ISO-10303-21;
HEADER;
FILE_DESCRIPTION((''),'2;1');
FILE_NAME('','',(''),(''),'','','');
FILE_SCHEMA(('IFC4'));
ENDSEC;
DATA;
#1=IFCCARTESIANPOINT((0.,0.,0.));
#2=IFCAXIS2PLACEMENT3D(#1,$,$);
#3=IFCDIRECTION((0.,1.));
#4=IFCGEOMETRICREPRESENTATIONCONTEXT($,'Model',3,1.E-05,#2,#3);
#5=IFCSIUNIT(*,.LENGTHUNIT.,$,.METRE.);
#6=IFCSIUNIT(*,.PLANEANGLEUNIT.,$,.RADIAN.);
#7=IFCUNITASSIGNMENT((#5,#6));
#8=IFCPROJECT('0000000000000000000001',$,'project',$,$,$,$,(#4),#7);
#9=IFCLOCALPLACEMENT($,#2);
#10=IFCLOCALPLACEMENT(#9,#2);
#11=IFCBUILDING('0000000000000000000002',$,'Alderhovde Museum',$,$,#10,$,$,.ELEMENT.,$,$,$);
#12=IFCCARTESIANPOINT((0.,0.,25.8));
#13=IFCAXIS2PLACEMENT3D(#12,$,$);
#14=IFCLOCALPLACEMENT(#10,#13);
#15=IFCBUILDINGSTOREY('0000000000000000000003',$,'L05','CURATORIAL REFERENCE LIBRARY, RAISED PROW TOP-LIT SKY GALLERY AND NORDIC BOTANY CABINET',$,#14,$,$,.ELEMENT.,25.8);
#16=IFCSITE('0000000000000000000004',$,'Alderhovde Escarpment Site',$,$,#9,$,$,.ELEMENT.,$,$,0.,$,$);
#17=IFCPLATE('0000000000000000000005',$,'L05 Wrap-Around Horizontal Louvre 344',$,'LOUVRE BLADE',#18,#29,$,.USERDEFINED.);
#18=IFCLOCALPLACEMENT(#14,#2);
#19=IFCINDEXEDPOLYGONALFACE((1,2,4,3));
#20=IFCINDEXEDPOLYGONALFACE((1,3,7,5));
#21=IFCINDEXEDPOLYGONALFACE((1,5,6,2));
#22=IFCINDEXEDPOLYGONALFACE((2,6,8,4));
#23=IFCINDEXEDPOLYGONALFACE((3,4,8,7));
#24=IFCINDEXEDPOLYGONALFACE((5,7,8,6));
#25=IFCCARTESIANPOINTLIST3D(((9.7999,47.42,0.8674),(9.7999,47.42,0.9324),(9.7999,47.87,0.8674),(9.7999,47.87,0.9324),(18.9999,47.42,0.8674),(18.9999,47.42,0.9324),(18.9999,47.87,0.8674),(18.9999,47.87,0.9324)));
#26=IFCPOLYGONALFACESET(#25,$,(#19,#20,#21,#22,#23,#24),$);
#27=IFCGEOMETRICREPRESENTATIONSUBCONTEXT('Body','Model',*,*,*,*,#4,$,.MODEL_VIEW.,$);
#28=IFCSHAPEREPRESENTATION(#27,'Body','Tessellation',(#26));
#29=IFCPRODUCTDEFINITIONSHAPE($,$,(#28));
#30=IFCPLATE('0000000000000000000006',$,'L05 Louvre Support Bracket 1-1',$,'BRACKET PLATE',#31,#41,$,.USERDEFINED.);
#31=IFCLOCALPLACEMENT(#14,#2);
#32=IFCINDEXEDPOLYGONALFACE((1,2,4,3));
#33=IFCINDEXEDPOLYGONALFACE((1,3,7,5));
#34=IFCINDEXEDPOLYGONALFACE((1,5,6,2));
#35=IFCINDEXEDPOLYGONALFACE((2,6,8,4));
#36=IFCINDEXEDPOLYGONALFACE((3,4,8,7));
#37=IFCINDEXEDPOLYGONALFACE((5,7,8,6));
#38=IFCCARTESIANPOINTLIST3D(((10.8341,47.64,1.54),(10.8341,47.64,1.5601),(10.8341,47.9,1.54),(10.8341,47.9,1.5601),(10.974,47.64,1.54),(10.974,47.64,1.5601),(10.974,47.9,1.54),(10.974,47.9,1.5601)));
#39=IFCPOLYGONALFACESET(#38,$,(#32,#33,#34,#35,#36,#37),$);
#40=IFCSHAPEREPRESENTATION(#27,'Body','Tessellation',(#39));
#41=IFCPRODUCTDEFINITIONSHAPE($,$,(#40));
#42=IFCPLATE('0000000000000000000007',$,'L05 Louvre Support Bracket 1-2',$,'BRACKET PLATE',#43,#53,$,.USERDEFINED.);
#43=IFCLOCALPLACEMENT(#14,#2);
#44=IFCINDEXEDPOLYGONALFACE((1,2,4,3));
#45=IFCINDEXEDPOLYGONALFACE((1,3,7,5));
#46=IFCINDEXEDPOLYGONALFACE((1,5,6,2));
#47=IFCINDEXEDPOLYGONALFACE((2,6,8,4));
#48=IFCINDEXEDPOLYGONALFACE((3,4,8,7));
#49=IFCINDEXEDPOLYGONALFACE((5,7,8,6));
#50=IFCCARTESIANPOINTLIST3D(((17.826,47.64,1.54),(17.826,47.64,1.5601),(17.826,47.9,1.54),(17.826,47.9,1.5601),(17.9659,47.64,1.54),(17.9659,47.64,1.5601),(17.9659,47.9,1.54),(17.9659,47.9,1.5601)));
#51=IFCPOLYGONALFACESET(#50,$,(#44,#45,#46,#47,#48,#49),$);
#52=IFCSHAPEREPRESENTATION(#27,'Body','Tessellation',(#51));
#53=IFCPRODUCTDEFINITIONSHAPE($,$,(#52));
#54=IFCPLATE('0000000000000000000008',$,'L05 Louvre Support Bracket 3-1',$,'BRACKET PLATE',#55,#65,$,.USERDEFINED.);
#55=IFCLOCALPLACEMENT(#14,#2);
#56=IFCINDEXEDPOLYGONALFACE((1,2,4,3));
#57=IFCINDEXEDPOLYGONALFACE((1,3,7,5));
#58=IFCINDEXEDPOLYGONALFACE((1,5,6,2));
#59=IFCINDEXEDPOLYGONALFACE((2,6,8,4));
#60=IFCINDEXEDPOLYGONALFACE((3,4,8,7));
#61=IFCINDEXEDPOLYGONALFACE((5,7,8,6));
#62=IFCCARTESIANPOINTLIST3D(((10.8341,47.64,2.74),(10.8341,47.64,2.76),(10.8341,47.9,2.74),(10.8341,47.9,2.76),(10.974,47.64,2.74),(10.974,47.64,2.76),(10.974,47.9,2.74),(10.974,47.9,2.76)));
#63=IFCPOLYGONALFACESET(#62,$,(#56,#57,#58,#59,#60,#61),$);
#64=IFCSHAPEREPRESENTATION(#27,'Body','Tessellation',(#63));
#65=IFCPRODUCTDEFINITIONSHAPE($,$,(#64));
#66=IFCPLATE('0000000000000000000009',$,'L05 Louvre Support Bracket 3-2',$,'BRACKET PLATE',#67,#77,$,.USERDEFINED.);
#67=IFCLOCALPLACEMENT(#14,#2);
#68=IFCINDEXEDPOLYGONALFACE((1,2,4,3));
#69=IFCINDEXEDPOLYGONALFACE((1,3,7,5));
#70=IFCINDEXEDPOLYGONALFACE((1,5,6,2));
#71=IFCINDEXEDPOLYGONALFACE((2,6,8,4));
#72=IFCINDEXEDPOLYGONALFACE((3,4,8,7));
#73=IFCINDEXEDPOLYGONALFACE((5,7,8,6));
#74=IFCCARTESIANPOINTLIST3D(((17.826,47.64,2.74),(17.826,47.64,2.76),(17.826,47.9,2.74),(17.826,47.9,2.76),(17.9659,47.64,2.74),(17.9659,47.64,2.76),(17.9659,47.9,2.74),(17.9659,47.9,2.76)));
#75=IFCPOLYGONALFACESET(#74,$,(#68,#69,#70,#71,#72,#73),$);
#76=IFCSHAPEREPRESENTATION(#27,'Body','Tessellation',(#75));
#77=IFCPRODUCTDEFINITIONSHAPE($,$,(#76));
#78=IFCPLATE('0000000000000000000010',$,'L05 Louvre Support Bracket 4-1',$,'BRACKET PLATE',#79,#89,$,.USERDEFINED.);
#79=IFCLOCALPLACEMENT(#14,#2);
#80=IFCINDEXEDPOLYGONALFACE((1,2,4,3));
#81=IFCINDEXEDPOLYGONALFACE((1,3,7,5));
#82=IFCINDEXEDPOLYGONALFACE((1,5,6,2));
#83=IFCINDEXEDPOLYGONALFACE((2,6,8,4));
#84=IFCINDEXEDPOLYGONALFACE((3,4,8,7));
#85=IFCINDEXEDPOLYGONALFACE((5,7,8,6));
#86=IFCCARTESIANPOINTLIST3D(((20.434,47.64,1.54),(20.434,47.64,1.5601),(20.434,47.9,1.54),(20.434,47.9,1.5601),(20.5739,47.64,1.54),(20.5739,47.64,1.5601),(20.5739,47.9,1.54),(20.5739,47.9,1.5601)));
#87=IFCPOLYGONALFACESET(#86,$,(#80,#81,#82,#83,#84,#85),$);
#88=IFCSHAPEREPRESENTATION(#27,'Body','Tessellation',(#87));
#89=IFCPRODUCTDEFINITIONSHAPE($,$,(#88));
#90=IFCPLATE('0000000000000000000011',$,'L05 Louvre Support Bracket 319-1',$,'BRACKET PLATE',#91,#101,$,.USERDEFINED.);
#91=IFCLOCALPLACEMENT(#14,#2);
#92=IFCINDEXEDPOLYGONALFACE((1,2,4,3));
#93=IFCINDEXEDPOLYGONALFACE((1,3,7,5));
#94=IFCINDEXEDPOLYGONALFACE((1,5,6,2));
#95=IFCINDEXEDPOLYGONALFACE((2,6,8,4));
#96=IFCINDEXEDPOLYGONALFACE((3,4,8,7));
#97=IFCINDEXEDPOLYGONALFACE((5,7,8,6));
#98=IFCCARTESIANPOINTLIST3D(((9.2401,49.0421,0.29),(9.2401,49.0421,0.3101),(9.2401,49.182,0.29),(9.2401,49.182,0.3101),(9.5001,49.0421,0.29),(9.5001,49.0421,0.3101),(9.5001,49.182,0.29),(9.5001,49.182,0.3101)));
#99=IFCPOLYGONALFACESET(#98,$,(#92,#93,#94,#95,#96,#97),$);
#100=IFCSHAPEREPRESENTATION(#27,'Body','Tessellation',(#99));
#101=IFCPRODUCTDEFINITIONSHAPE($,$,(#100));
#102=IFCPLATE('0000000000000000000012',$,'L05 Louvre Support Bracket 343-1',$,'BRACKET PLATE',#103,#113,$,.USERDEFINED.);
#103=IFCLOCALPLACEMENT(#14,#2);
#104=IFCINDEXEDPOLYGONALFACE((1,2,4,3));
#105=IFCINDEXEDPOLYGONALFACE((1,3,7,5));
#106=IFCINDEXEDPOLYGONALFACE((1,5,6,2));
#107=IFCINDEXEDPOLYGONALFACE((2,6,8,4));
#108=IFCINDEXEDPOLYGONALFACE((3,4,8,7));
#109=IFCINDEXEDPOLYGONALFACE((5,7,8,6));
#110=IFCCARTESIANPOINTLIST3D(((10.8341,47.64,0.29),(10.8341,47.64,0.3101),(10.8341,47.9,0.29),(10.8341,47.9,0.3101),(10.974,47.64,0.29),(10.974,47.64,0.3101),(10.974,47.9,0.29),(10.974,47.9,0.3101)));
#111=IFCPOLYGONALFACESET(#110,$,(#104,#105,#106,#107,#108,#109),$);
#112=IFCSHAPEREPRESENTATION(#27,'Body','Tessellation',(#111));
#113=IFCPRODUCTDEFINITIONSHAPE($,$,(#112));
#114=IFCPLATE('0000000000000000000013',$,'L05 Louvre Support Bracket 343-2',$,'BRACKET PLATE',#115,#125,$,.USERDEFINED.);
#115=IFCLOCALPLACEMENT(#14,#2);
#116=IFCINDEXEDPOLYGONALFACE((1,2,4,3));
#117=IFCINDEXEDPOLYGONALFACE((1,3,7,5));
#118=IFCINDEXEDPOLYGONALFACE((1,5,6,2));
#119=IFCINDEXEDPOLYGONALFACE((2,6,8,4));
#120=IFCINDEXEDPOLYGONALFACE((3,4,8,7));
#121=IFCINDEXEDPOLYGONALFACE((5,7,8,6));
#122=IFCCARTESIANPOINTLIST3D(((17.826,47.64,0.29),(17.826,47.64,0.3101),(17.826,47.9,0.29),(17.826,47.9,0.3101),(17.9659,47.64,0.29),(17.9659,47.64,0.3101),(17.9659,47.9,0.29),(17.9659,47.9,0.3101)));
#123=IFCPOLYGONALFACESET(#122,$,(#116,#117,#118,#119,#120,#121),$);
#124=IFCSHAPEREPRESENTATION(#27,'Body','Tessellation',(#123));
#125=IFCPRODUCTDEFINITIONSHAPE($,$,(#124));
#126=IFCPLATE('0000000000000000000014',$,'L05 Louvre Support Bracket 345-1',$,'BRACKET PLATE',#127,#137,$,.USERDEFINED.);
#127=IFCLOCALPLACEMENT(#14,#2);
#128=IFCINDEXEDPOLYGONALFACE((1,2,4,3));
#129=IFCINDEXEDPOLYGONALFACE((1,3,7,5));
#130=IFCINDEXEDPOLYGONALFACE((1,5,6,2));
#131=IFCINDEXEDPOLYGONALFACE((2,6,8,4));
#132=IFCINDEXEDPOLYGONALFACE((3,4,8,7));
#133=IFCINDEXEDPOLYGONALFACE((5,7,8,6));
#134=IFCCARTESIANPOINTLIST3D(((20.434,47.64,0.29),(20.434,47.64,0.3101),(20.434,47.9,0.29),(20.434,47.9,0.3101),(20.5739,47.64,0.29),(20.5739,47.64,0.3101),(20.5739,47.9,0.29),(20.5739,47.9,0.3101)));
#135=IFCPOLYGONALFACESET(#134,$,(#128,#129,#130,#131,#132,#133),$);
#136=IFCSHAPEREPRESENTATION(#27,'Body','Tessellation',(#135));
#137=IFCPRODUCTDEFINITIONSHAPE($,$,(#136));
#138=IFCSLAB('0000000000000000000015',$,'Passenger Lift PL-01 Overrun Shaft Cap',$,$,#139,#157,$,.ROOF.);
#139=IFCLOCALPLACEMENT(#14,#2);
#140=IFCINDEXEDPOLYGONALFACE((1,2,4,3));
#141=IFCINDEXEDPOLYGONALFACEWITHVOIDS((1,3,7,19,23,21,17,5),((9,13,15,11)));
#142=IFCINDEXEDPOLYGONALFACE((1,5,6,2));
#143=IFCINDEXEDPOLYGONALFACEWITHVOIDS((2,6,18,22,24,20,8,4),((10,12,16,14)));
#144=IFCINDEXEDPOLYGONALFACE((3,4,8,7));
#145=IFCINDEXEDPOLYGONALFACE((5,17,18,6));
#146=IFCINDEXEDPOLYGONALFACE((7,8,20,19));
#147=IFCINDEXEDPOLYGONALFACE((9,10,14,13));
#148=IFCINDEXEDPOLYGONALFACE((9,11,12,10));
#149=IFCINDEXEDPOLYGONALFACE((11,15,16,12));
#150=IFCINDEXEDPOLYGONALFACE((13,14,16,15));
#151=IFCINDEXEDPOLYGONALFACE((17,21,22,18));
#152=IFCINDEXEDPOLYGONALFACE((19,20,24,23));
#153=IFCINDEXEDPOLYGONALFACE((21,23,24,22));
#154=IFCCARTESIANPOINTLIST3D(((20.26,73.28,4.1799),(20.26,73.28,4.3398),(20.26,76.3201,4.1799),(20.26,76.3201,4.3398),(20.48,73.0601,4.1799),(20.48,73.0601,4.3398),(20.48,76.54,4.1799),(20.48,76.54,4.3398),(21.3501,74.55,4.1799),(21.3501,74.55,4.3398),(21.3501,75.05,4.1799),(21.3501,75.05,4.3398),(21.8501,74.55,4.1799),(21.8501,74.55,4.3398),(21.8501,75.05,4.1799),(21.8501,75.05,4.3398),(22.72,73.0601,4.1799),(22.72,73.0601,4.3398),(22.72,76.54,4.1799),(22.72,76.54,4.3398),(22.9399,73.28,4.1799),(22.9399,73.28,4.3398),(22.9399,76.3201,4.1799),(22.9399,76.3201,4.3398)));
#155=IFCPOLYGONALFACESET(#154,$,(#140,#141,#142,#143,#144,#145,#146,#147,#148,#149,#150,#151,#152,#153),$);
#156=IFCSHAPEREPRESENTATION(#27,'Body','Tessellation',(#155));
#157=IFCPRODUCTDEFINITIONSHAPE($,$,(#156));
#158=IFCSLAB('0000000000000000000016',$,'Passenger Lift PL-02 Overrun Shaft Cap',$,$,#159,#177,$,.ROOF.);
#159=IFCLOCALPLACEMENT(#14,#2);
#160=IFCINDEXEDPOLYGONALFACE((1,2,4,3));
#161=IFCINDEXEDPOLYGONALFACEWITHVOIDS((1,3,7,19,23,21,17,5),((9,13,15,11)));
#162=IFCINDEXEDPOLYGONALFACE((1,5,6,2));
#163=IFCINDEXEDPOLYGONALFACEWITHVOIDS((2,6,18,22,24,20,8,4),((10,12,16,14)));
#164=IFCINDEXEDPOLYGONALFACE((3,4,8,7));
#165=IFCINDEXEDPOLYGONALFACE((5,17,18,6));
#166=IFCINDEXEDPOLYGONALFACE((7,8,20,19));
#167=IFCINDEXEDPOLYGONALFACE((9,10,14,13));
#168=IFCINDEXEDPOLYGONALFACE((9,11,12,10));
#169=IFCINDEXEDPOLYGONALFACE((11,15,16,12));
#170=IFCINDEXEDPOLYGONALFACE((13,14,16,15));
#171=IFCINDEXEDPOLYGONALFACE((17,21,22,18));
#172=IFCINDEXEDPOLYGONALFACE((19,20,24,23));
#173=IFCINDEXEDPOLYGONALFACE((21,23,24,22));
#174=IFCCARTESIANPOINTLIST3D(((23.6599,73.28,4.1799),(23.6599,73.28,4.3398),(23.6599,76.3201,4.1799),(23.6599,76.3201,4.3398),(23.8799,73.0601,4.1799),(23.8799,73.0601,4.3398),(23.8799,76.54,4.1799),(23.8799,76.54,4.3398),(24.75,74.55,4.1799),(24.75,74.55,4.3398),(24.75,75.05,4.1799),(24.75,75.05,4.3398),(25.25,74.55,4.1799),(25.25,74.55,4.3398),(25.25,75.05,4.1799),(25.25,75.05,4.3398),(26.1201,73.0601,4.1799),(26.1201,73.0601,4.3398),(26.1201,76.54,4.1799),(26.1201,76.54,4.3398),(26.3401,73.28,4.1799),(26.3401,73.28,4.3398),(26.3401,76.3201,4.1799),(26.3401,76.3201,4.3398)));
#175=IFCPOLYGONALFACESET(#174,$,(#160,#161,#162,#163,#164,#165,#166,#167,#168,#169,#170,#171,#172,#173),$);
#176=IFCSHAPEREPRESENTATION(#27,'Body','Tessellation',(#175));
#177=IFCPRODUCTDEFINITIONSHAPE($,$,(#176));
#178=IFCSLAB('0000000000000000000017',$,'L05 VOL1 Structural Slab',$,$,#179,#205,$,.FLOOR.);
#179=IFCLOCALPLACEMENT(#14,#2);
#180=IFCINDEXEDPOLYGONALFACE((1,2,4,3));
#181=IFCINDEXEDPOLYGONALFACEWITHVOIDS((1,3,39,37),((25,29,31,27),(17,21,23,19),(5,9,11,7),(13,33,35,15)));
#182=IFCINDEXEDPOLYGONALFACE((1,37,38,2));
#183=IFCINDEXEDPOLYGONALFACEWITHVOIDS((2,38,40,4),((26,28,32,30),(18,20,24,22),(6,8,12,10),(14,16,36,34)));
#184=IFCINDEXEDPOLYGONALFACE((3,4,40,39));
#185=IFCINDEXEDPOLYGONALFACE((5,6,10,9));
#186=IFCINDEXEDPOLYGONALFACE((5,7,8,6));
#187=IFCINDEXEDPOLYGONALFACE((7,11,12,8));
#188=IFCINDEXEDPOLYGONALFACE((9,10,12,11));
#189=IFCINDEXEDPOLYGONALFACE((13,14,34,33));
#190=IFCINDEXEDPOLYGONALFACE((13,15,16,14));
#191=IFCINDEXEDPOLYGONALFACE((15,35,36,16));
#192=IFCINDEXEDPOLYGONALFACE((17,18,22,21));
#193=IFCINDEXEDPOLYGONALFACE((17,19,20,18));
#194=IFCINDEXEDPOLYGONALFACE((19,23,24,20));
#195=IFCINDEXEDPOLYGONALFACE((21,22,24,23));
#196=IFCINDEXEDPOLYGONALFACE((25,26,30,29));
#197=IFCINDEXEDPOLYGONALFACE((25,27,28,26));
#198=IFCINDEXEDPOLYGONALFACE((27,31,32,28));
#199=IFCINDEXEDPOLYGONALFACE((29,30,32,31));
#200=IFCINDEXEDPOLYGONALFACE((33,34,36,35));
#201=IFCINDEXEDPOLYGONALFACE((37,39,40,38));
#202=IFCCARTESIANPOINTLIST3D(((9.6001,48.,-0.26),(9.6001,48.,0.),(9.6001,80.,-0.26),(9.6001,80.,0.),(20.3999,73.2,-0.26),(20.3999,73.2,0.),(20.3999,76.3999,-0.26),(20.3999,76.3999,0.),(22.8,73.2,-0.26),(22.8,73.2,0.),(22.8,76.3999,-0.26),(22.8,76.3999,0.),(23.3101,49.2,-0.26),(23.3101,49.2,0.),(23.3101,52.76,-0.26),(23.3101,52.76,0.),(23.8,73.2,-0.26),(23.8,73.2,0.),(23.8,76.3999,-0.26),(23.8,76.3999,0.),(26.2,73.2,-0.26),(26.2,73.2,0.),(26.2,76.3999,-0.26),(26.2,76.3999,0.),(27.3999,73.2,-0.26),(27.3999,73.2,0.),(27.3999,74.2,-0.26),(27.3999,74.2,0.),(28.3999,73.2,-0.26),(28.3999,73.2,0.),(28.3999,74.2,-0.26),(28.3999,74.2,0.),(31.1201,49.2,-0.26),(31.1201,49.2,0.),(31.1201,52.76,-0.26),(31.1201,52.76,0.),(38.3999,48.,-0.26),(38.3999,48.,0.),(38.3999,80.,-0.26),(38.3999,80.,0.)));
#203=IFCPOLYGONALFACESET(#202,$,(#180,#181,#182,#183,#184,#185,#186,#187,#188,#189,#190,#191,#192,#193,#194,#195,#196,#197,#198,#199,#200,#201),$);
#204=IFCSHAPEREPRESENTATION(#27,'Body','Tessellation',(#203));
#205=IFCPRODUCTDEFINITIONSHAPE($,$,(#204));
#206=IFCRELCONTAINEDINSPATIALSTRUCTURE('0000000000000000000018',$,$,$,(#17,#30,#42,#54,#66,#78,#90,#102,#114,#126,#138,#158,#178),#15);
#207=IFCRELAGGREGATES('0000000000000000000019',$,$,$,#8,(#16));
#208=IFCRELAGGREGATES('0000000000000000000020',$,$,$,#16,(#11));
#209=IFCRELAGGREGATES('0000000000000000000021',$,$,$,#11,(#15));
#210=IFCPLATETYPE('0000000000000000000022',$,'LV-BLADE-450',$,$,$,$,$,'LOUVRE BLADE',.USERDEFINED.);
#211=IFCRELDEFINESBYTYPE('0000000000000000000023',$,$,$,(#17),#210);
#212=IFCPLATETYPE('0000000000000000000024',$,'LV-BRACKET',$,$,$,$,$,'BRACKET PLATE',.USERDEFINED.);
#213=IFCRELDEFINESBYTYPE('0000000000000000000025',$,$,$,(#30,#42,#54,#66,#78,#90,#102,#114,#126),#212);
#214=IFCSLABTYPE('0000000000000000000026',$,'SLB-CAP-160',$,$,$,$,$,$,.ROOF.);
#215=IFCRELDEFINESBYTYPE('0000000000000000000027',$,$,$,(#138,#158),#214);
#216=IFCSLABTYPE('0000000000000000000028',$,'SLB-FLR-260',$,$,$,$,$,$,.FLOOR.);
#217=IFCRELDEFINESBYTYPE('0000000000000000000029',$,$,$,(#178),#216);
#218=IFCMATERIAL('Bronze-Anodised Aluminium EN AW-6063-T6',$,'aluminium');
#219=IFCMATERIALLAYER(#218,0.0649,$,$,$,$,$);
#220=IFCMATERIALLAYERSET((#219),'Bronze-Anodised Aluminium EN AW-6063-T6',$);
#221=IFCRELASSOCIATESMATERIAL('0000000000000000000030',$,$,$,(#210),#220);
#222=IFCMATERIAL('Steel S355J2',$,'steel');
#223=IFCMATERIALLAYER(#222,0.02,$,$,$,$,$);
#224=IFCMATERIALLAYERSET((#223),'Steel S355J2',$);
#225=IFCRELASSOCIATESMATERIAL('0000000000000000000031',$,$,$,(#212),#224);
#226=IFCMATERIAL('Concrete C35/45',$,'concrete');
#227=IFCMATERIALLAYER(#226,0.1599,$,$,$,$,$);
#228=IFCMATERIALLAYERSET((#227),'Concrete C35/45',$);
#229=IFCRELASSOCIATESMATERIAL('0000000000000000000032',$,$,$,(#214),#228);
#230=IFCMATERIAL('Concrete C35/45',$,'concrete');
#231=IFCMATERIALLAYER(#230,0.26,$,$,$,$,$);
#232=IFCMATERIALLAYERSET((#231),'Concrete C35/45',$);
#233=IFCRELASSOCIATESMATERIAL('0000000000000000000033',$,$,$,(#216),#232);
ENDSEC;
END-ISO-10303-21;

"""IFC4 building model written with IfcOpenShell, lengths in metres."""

from ifc_helpers import new_model, si_unit, direction, frame, origin, origin_2d, place, context, subcontext, project, spatial, polyline, rectangle, outline, extrude, material, layer, layer_set, type_object, element, save


model = new_model("IFC4")

# Units and contexts
model_context = context("Model", 3, precision=1e-05, world=origin(), true_north=direction((0.0, 1.0)))
body_context = subcontext(model_context, "Body", "Model", "MODEL_VIEW")
ifc_project = project(units=[si_unit("LENGTHUNIT", "METRE"), si_unit("PLANEANGLEUNIT", "RADIAN")], contexts=[model_context])

# Site, building, storey
site_placement = place(None, origin())
site = spatial("IfcSite", under=ifc_project, at=site_placement, Name="Alderhovde Escarpment Site", CompositionType="ELEMENT", RefElevation=0.0)
building_placement = place(site_placement, origin())
building = spatial("IfcBuilding", under=site, at=building_placement, Name="Alderhovde Museum", CompositionType="ELEMENT")
storey_placement = place(building_placement, frame((0.0, 0.0, 25.8)))
storey = spatial("IfcBuildingStorey", under=building, at=storey_placement, Name="L05", Description="CURATORIAL REFERENCE LIBRARY, RAISED PROW TOP-LIT SKY GALLERY AND NORDIC BOTANY CABINET", CompositionType="ELEMENT", Elevation=25.8)

# Plates
ifc_material_1 = material(Name="Bronze-Anodised Aluminium EN AW-6063-T6", Category="aluminium")
ifc_layer_1 = layer(ifc_material_1, 0.0649)
ifc_layer_set_1 = layer_set([ifc_layer_1], Name="Bronze-Anodised Aluminium EN AW-6063-T6")
plate_type_1 = type_object("IfcPlateType", Name="LV-BLADE-450", ElementType="LOUVRE BLADE", PredefinedType="USERDEFINED", material=ifc_layer_set_1)
for number, where, z_axis, x_axis, name in (
    (1, (14.3999, 47.645, 0.8674), (0.0, 0.0, 1.0), (1.0, 0.0, 0.0), "L05 Wrap-Around Horizontal Louvre 344"),
):
    element("IfcPlate", number, at=place(storey_placement, frame(where, z_axis=z_axis, x_axis=x_axis)), inside=storey, type_object=plate_type_1, Name=name, ObjectType="LOUVRE BLADE", PredefinedType="USERDEFINED", context=body_context, shape_type="SweptSolid", body=[
        extrude(rectangle(XDim=9.2, YDim=0.45, at=origin_2d()), origin(), (0.0, 0.0, 1.0), 0.0649),
    ])
ifc_material_2 = material(Name="Steel S355J2", Category="steel")
ifc_layer_2 = layer(ifc_material_2, 0.02)
ifc_layer_set_2 = layer_set([ifc_layer_2], Name="Steel S355J2")
plate_type_2 = type_object("IfcPlateType", Name="LV-BRACKET", ElementType="BRACKET PLATE", PredefinedType="USERDEFINED", material=ifc_layer_set_2)
for number, where, z_axis, x_axis, name in (
    (2, (10.9041, 47.77, 1.54), (0.0, 0.0, 1.0), (1.0, 0.0, 0.0), "L05 Louvre Support Bracket 1-1"),
    (3, (17.896, 47.77, 1.54), (0.0, 0.0, 1.0), (1.0, 0.0, 0.0), "L05 Louvre Support Bracket 1-2"),
    (4, (10.9041, 47.77, 2.74), (0.0, 0.0, 1.0), (1.0, 0.0, 0.0), "L05 Louvre Support Bracket 3-1"),
    (5, (17.896, 47.77, 2.74), (0.0, 0.0, 1.0), (1.0, 0.0, 0.0), "L05 Louvre Support Bracket 3-2"),
    (6, (20.5039, 47.77, 1.54), (0.0, 0.0, 1.0), (1.0, 0.0, 0.0), "L05 Louvre Support Bracket 4-1"),
    (7, (9.3701, 49.1121, 0.29), (0.0, 0.0, 1.0), (0.0, 1.0, 0.0), "L05 Louvre Support Bracket 319-1"),
    (8, (10.9041, 47.77, 0.29), (0.0, 0.0, 1.0), (1.0, 0.0, 0.0), "L05 Louvre Support Bracket 343-1"),
    (9, (17.896, 47.77, 0.29), (0.0, 0.0, 1.0), (1.0, 0.0, 0.0), "L05 Louvre Support Bracket 343-2"),
    (10, (20.5039, 47.77, 0.29), (0.0, 0.0, 1.0), (1.0, 0.0, 0.0), "L05 Louvre Support Bracket 345-1"),
):
    element("IfcPlate", number, at=place(storey_placement, frame(where, z_axis=z_axis, x_axis=x_axis)), inside=storey, type_object=plate_type_2, Name=name, ObjectType="BRACKET PLATE", PredefinedType="USERDEFINED", context=body_context, shape_type="SweptSolid", body=[
        extrude(rectangle(XDim=0.1399, YDim=0.26, at=origin_2d()), origin(), (0.0, 0.0, 1.0), 0.02),
    ])

# Slabs
ifc_material_3 = material(Name="Concrete C35/45", Category="concrete")
ifc_layer_3 = layer(ifc_material_3, 0.1599)
ifc_layer_set_3 = layer_set([ifc_layer_3], Name="Concrete C35/45")
slab_type_1 = type_object("IfcSlabType", Name="SLB-CAP-160", PredefinedType="ROOF", material=ifc_layer_set_3)
slab_1_placement = place(storey_placement, frame((0.0, 0.0, 4.1799)))
element("IfcSlab", 11, at=slab_1_placement, inside=storey, type_object=slab_type_1, Name="Passenger Lift PL-01 Overrun Shaft Cap", PredefinedType="ROOF", context=body_context, shape_type="SweptSolid", body=[
    extrude(outline(polyline([(20.48, 73.0601), (22.72, 73.0601), (22.9399, 73.28), (22.9399, 76.3201), (22.72, 76.54), (20.48, 76.54), (20.26, 76.3201), (20.26, 73.28), (20.48, 73.0601)]), holes=[polyline([(21.3501, 74.55), (21.8501, 74.55), (21.8501, 75.05), (21.3501, 75.05), (21.3501, 74.55)])]), origin(), (0.0, 0.0, 1.0), 0.1599),
])
slab_2_placement = place(storey_placement, frame((0.0, 0.0, 4.1799)))
element("IfcSlab", 12, at=slab_2_placement, inside=storey, type_object=slab_type_1, Name="Passenger Lift PL-02 Overrun Shaft Cap", PredefinedType="ROOF", context=body_context, shape_type="SweptSolid", body=[
    extrude(outline(polyline([(23.8799, 73.0601), (26.1201, 73.0601), (26.3401, 73.28), (26.3401, 76.3201), (26.1201, 76.54), (23.8799, 76.54), (23.6599, 76.3201), (23.6599, 73.28), (23.8799, 73.0601)]), holes=[polyline([(24.75, 74.55), (25.25, 74.55), (25.25, 75.05), (24.75, 75.05), (24.75, 74.55)])]), origin(), (0.0, 0.0, 1.0), 0.1599),
])
ifc_material_4 = material(Name="Concrete C35/45", Category="concrete")
ifc_layer_4 = layer(ifc_material_4, 0.26)
ifc_layer_set_4 = layer_set([ifc_layer_4], Name="Concrete C35/45")
slab_type_2 = type_object("IfcSlabType", Name="SLB-FLR-260", PredefinedType="FLOOR", material=ifc_layer_set_4)
slab_3_placement = place(storey_placement, frame((0.0, 0.0, -0.26)))
element("IfcSlab", 13, at=slab_3_placement, inside=storey, type_object=slab_type_2, Name="L05 VOL1 Structural Slab", PredefinedType="FLOOR", context=body_context, shape_type="SweptSolid", body=[
    extrude(outline(polyline([(9.6001, 48.0), (38.3999, 48.0), (38.3999, 80.0), (9.6001, 80.0), (9.6001, 48.0)]), holes=[polyline([(23.3101, 49.2), (31.1201, 49.2), (31.1201, 52.76), (23.3101, 52.76), (23.3101, 49.2)]), polyline([(20.3999, 73.2), (22.8, 73.2), (22.8, 76.3999), (20.3999, 76.3999), (20.3999, 73.2)]), polyline([(23.8, 73.2), (26.2, 73.2), (26.2, 76.3999), (23.8, 76.3999), (23.8, 73.2)]), polyline([(27.3999, 73.2), (28.3999, 73.2), (28.3999, 74.2), (27.3999, 74.2), (27.3999, 73.2)])]), origin(), (0.0, 0.0, 1.0), 0.26),
])

save(model, "model.ifc")
